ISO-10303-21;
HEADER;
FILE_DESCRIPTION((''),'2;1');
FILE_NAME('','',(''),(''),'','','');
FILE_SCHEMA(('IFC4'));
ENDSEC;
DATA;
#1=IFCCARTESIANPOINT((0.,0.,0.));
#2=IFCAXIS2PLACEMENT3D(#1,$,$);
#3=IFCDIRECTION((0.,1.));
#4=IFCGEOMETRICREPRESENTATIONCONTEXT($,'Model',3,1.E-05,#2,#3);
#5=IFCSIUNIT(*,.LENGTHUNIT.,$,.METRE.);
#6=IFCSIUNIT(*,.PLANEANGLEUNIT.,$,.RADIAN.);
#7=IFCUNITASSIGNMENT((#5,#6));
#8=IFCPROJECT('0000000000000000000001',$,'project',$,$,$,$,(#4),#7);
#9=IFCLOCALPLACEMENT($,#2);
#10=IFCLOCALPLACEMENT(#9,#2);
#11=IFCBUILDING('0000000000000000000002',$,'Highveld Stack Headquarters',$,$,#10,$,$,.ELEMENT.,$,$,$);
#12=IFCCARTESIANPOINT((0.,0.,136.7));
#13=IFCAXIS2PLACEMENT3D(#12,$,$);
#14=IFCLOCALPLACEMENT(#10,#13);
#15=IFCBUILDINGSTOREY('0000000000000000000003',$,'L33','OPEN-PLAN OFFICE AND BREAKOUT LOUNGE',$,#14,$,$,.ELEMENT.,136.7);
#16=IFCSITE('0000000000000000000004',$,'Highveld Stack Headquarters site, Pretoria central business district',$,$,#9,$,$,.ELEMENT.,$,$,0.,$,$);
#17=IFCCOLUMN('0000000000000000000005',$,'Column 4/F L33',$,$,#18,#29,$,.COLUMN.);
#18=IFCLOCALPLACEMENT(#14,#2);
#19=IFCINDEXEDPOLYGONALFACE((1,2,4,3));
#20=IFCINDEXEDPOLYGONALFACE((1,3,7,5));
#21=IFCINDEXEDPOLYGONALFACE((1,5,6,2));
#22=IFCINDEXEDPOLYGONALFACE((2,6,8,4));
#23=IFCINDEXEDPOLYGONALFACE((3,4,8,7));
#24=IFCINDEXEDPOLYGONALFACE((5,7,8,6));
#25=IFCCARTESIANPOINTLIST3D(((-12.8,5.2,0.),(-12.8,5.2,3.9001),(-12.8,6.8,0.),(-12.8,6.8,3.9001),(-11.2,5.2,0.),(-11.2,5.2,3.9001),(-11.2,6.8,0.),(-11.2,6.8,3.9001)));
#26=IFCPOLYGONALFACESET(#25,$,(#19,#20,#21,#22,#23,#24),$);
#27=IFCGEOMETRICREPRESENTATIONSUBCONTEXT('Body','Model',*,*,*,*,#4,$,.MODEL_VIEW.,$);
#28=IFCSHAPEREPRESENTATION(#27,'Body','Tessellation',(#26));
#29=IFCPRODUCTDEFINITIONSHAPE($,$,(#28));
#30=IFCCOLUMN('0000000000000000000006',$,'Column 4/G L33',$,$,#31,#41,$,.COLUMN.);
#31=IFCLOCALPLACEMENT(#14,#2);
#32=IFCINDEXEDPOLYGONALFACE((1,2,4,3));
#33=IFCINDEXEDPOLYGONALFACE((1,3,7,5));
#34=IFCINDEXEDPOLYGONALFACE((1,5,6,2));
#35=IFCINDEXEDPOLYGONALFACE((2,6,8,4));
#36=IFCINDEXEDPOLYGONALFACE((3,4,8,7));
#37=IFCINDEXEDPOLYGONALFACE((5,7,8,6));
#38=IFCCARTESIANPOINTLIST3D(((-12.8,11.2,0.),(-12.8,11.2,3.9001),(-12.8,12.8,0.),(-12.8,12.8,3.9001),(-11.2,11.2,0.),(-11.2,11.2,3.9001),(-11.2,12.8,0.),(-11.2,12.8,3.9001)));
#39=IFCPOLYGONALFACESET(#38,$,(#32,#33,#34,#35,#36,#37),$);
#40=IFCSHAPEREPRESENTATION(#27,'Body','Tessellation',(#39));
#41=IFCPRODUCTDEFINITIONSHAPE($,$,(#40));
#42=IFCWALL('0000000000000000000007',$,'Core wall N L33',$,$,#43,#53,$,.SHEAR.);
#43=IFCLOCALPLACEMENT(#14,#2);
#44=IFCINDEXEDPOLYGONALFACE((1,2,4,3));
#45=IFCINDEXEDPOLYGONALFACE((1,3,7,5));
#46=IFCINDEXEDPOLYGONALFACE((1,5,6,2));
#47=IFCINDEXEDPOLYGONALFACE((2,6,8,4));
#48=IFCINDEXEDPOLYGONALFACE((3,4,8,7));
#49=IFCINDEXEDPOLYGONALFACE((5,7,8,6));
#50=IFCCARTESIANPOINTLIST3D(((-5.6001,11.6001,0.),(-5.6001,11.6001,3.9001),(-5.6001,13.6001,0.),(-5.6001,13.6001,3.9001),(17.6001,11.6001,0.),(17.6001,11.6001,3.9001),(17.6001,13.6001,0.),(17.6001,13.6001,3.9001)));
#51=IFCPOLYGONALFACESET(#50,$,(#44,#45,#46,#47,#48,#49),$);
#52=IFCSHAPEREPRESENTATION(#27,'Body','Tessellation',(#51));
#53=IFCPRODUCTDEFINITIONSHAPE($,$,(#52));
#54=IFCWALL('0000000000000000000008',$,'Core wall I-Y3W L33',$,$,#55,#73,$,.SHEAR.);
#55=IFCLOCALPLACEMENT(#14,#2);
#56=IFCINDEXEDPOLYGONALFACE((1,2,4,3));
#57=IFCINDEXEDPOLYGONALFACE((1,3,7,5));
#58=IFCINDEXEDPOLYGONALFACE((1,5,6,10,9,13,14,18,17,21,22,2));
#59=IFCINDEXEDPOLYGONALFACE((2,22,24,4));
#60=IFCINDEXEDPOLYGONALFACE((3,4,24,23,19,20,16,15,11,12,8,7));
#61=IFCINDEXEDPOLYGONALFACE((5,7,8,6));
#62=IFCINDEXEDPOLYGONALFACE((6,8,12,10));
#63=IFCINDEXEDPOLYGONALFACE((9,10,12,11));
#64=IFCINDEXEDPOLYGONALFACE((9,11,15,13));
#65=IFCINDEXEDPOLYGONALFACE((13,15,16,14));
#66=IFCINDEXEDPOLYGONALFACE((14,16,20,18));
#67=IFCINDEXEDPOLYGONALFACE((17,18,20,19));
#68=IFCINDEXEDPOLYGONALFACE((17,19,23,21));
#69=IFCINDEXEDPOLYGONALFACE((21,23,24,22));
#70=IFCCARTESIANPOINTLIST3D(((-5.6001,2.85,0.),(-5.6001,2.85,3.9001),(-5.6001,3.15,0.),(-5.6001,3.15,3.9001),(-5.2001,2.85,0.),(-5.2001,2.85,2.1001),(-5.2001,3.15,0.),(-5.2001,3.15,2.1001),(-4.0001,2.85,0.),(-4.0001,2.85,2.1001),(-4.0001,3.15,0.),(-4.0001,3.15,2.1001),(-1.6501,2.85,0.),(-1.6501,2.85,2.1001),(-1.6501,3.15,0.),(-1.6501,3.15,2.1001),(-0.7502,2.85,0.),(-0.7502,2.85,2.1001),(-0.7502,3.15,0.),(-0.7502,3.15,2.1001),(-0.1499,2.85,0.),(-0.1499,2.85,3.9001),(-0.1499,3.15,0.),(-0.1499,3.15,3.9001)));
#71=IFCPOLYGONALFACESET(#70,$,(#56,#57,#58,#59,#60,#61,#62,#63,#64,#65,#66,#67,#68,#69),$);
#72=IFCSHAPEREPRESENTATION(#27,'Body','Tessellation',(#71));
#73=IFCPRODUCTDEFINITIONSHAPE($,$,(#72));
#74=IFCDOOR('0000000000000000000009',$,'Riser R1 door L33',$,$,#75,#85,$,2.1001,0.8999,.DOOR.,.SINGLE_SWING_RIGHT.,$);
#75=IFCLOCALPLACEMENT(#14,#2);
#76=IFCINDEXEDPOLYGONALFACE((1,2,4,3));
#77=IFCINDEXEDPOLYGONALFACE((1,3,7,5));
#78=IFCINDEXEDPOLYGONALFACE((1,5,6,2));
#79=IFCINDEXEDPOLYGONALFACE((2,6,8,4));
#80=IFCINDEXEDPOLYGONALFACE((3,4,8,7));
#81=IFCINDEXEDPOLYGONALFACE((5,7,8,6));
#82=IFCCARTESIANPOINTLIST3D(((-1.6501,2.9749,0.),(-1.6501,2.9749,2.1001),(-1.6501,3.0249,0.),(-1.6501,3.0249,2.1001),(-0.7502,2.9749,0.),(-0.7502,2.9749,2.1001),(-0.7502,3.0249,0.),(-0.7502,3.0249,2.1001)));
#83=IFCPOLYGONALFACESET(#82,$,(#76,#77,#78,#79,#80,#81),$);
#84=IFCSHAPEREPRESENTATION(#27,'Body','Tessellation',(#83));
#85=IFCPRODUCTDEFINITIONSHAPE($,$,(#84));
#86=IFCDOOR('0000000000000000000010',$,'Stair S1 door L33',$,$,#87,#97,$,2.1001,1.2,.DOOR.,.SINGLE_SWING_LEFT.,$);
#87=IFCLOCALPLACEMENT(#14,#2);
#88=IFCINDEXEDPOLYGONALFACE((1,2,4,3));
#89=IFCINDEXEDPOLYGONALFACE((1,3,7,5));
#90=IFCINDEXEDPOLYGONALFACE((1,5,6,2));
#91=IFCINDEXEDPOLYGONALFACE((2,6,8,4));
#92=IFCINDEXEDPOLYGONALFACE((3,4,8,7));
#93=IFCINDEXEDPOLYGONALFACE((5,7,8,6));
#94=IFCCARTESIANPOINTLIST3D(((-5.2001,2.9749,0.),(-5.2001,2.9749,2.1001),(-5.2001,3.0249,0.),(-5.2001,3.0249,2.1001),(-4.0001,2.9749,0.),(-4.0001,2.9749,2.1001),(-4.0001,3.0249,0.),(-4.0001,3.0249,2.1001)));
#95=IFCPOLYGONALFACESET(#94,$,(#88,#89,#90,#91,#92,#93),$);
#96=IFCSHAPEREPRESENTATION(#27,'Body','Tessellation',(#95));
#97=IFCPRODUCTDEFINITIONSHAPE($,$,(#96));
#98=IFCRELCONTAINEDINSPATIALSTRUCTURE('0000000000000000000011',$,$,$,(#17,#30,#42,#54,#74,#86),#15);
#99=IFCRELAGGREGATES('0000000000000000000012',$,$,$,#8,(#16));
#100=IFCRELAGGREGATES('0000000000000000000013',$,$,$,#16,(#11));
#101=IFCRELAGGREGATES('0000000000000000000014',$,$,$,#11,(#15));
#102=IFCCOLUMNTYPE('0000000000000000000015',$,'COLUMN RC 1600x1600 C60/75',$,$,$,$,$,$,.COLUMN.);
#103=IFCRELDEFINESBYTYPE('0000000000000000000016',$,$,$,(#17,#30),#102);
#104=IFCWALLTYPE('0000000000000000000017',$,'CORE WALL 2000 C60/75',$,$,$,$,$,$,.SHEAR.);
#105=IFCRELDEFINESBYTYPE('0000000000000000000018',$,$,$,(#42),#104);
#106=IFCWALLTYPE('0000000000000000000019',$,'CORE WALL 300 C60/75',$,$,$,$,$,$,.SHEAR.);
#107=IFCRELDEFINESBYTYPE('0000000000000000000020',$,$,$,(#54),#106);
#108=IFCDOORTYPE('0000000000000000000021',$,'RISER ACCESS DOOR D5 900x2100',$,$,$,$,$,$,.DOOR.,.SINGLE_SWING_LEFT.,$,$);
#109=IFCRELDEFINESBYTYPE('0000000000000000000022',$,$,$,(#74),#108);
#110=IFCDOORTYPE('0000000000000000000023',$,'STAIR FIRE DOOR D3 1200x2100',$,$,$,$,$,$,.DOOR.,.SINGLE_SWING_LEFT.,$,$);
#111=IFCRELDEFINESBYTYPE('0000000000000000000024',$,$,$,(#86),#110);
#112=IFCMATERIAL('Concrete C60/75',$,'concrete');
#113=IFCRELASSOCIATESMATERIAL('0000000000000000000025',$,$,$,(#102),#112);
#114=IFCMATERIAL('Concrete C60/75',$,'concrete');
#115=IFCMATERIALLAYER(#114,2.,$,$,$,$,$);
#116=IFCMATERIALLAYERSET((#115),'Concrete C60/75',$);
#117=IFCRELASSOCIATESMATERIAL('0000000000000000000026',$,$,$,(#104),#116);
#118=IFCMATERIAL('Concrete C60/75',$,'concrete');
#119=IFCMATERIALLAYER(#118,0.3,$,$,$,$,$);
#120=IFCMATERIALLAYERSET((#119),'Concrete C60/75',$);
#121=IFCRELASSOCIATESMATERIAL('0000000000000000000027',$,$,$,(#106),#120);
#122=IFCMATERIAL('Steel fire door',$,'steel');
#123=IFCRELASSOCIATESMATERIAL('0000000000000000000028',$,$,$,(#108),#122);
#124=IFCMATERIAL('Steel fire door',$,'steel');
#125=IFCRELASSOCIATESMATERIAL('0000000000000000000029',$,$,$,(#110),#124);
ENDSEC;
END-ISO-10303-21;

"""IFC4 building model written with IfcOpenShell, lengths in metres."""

from ifc_helpers import new_model, si_unit, direction, frame, frame_2d, origin, origin_2d, place, context, subcontext, project, spatial, rectangle, extrude, material, layer, layer_set, material_profile, profile_set, type_object, element, fill, save


model = new_model("IFC4")

# Units and contexts
model_context = context("Model", 3, precision=1e-05, world=origin(), true_north=direction((0.0, 1.0)))
body_context = subcontext(model_context, "Body", "Model", "MODEL_VIEW")
ifc_project = project(units=[si_unit("LENGTHUNIT", "METRE"), si_unit("PLANEANGLEUNIT", "RADIAN")], contexts=[model_context])

# Site, building, storey
site_placement = place(None, origin())
site = spatial("IfcSite", under=ifc_project, at=site_placement, Name="Highveld Stack Headquarters site, Pretoria central business district", CompositionType="ELEMENT", RefElevation=0.0)
building_placement = place(site_placement, origin())
building = spatial("IfcBuilding", under=site, at=building_placement, Name="Highveld Stack Headquarters", CompositionType="ELEMENT")
storey_placement = place(building_placement, frame((0.0, 0.0, 136.7)))
storey = spatial("IfcBuildingStorey", under=building, at=storey_placement, Name="L33", Description="OPEN-PLAN OFFICE AND BREAKOUT LOUNGE", CompositionType="ELEMENT", Elevation=136.7)

# Columns
ifc_material_1 = material(Name="Concrete C60/75", Category="concrete")
ifc_material_profile = material_profile(ifc_material_1, rectangle(XDim=1.6001, YDim=1.6001, at=origin_2d()), Name="RC 1600x1600")
ifc_profile_set = profile_set([ifc_material_profile], Name="Concrete C60/75")
column_type = type_object("IfcColumnType", Name="COLUMN RC 1600x1600 C60/75", PredefinedType="COLUMN", material=ifc_profile_set)
for number, where, z_axis, x_axis, name in (
    (1, (-12.0, 6.0, 0.0), (0.0, 0.0, 1.0), (1.0, 0.0, 0.0), "Column 4/F L33"),
    (2, (-12.0, 12.0, 0.0), (0.0, 0.0, 1.0), (1.0, 0.0, 0.0), "Column 4/G L33"),
):
    element("IfcColumn", number, at=place(storey_placement, frame(where, z_axis=z_axis, x_axis=x_axis)), inside=storey, type_object=column_type, Name=name, PredefinedType="COLUMN", context=body_context, shape_type="SweptSolid", body=[
        extrude(rectangle(XDim=1.6001, YDim=1.6001, at=origin_2d()), origin(), (0.0, 0.0, 1.0), 3.9001),
    ])

# Wall
ifc_material_2 = material(Name="Concrete C60/75", Category="concrete")
ifc_layer_1 = layer(ifc_material_2, 2.0)
ifc_layer_set_1 = layer_set([ifc_layer_1], Name="Concrete C60/75")
wall_type_1 = type_object("IfcWallType", Name="CORE WALL 2000 C60/75", PredefinedType="SHEAR", material=ifc_layer_set_1)
wall_1_placement = place(storey_placement, frame((-5.6001, 12.6001, 0.0), z_axis=(0.0, 0.0, 1.0), x_axis=(1.0, 0.0, 0.0)))
element("IfcWall", 3, at=wall_1_placement, inside=storey, type_object=wall_type_1, Name="Core wall N L33", PredefinedType="SHEAR", context=body_context, shape_type="SweptSolid", body=[
    extrude(rectangle(XDim=23.2002, YDim=2.0, at=frame_2d((11.6001, 0.0))), origin(), (0.0, 0.0, 1.0), 3.9001),
])

# Wall, openings, doors
ifc_material_3 = material(Name="Concrete C60/75", Category="concrete")
ifc_layer_2 = layer(ifc_material_3, 0.3)
ifc_layer_set_2 = layer_set([ifc_layer_2], Name="Concrete C60/75")
wall_type_2 = type_object("IfcWallType", Name="CORE WALL 300 C60/75", PredefinedType="SHEAR", material=ifc_layer_set_2)
wall_2_placement = place(storey_placement, frame((-5.6001, 3.0, 0.0), z_axis=(0.0, 0.0, 1.0), x_axis=(1.0, 0.0, 0.0)))
wall_2 = element("IfcWall", 4, at=wall_2_placement, inside=storey, type_object=wall_type_2, Name="Core wall I-Y3W L33", PredefinedType="SHEAR", context=body_context, shape_type="SweptSolid", body=[
    extrude(rectangle(XDim=5.4502, YDim=0.3, at=frame_2d((2.7251, 0.0))), origin(), (0.0, 0.0, 1.0), 3.9001),
])
opening_1_placement = place(wall_2_placement, frame((0.3999, 0.0, 0.0)))
opening_1 = element("IfcOpeningElement", 5, at=opening_1_placement, cuts=wall_2, PredefinedType="OPENING", context=body_context, shape_type="SweptSolid", body=[
    extrude(rectangle(XDim=1.2, YDim=2.1001, at=frame_2d((0.6001, 1.05))), frame((0.0, 0.1599, 0.0), z_axis=(0.0, -1.0, 0.0), x_axis=(1.0, 0.0, 0.0)), (0.0, 0.0, 1.0), 0.3201),
])
opening_2_placement = place(wall_2_placement, frame((3.95, 0.0, 0.0)))
opening_2 = element("IfcOpeningElement", 6, at=opening_2_placement, cuts=wall_2, PredefinedType="OPENING", context=body_context, shape_type="SweptSolid", body=[
    extrude(rectangle(XDim=0.8999, YDim=2.1001, at=frame_2d((0.45, 1.05))), frame((0.0, 0.1599, 0.0), z_axis=(0.0, -1.0, 0.0), x_axis=(1.0, 0.0, 0.0)), (0.0, 0.0, 1.0), 0.3201),
])
ifc_material_4 = material(Name="Steel fire door", Category="steel")
door_type_1 = type_object("IfcDoorType", Name="RISER ACCESS DOOR D5 900x2100", OperationType="SINGLE_SWING_LEFT", PredefinedType="DOOR", material=ifc_material_4)
door_1_placement = place(opening_2_placement, origin())
door_1 = element("IfcDoor", 7, at=door_1_placement, inside=storey, type_object=door_type_1, Name="Riser R1 door L33", OperationType="SINGLE_SWING_RIGHT", OverallHeight=2.1001, OverallWidth=0.8999, PredefinedType="DOOR", context=body_context, shape_type="SweptSolid", body=[
    extrude(rectangle(XDim=0.8999, YDim=2.1001, at=frame_2d((0.45, 1.05))), frame((0.0, 0.0249, 0.0), z_axis=(0.0, -1.0, 0.0), x_axis=(1.0, 0.0, 0.0)), (0.0, 0.0, 1.0), 0.05),
])
fill(opening_2, door_1)
ifc_material_5 = material(Name="Steel fire door", Category="steel")
door_type_2 = type_object("IfcDoorType", Name="STAIR FIRE DOOR D3 1200x2100", OperationType="SINGLE_SWING_LEFT", PredefinedType="DOOR", material=ifc_material_5)
door_2_placement = place(opening_1_placement, origin())
door_2 = element("IfcDoor", 8, at=door_2_placement, inside=storey, type_object=door_type_2, Name="Stair S1 door L33", OperationType="SINGLE_SWING_LEFT", OverallHeight=2.1001, OverallWidth=1.2, PredefinedType="DOOR", context=body_context, shape_type="SweptSolid", body=[
    extrude(rectangle(XDim=1.2, YDim=2.1001, at=frame_2d((0.6001, 1.05))), frame((0.0, 0.0249, 0.0), z_axis=(0.0, -1.0, 0.0), x_axis=(1.0, 0.0, 0.0)), (0.0, 0.0, 1.0), 0.05),
])
fill(opening_1, door_2)

save(model, "model.ifc")
